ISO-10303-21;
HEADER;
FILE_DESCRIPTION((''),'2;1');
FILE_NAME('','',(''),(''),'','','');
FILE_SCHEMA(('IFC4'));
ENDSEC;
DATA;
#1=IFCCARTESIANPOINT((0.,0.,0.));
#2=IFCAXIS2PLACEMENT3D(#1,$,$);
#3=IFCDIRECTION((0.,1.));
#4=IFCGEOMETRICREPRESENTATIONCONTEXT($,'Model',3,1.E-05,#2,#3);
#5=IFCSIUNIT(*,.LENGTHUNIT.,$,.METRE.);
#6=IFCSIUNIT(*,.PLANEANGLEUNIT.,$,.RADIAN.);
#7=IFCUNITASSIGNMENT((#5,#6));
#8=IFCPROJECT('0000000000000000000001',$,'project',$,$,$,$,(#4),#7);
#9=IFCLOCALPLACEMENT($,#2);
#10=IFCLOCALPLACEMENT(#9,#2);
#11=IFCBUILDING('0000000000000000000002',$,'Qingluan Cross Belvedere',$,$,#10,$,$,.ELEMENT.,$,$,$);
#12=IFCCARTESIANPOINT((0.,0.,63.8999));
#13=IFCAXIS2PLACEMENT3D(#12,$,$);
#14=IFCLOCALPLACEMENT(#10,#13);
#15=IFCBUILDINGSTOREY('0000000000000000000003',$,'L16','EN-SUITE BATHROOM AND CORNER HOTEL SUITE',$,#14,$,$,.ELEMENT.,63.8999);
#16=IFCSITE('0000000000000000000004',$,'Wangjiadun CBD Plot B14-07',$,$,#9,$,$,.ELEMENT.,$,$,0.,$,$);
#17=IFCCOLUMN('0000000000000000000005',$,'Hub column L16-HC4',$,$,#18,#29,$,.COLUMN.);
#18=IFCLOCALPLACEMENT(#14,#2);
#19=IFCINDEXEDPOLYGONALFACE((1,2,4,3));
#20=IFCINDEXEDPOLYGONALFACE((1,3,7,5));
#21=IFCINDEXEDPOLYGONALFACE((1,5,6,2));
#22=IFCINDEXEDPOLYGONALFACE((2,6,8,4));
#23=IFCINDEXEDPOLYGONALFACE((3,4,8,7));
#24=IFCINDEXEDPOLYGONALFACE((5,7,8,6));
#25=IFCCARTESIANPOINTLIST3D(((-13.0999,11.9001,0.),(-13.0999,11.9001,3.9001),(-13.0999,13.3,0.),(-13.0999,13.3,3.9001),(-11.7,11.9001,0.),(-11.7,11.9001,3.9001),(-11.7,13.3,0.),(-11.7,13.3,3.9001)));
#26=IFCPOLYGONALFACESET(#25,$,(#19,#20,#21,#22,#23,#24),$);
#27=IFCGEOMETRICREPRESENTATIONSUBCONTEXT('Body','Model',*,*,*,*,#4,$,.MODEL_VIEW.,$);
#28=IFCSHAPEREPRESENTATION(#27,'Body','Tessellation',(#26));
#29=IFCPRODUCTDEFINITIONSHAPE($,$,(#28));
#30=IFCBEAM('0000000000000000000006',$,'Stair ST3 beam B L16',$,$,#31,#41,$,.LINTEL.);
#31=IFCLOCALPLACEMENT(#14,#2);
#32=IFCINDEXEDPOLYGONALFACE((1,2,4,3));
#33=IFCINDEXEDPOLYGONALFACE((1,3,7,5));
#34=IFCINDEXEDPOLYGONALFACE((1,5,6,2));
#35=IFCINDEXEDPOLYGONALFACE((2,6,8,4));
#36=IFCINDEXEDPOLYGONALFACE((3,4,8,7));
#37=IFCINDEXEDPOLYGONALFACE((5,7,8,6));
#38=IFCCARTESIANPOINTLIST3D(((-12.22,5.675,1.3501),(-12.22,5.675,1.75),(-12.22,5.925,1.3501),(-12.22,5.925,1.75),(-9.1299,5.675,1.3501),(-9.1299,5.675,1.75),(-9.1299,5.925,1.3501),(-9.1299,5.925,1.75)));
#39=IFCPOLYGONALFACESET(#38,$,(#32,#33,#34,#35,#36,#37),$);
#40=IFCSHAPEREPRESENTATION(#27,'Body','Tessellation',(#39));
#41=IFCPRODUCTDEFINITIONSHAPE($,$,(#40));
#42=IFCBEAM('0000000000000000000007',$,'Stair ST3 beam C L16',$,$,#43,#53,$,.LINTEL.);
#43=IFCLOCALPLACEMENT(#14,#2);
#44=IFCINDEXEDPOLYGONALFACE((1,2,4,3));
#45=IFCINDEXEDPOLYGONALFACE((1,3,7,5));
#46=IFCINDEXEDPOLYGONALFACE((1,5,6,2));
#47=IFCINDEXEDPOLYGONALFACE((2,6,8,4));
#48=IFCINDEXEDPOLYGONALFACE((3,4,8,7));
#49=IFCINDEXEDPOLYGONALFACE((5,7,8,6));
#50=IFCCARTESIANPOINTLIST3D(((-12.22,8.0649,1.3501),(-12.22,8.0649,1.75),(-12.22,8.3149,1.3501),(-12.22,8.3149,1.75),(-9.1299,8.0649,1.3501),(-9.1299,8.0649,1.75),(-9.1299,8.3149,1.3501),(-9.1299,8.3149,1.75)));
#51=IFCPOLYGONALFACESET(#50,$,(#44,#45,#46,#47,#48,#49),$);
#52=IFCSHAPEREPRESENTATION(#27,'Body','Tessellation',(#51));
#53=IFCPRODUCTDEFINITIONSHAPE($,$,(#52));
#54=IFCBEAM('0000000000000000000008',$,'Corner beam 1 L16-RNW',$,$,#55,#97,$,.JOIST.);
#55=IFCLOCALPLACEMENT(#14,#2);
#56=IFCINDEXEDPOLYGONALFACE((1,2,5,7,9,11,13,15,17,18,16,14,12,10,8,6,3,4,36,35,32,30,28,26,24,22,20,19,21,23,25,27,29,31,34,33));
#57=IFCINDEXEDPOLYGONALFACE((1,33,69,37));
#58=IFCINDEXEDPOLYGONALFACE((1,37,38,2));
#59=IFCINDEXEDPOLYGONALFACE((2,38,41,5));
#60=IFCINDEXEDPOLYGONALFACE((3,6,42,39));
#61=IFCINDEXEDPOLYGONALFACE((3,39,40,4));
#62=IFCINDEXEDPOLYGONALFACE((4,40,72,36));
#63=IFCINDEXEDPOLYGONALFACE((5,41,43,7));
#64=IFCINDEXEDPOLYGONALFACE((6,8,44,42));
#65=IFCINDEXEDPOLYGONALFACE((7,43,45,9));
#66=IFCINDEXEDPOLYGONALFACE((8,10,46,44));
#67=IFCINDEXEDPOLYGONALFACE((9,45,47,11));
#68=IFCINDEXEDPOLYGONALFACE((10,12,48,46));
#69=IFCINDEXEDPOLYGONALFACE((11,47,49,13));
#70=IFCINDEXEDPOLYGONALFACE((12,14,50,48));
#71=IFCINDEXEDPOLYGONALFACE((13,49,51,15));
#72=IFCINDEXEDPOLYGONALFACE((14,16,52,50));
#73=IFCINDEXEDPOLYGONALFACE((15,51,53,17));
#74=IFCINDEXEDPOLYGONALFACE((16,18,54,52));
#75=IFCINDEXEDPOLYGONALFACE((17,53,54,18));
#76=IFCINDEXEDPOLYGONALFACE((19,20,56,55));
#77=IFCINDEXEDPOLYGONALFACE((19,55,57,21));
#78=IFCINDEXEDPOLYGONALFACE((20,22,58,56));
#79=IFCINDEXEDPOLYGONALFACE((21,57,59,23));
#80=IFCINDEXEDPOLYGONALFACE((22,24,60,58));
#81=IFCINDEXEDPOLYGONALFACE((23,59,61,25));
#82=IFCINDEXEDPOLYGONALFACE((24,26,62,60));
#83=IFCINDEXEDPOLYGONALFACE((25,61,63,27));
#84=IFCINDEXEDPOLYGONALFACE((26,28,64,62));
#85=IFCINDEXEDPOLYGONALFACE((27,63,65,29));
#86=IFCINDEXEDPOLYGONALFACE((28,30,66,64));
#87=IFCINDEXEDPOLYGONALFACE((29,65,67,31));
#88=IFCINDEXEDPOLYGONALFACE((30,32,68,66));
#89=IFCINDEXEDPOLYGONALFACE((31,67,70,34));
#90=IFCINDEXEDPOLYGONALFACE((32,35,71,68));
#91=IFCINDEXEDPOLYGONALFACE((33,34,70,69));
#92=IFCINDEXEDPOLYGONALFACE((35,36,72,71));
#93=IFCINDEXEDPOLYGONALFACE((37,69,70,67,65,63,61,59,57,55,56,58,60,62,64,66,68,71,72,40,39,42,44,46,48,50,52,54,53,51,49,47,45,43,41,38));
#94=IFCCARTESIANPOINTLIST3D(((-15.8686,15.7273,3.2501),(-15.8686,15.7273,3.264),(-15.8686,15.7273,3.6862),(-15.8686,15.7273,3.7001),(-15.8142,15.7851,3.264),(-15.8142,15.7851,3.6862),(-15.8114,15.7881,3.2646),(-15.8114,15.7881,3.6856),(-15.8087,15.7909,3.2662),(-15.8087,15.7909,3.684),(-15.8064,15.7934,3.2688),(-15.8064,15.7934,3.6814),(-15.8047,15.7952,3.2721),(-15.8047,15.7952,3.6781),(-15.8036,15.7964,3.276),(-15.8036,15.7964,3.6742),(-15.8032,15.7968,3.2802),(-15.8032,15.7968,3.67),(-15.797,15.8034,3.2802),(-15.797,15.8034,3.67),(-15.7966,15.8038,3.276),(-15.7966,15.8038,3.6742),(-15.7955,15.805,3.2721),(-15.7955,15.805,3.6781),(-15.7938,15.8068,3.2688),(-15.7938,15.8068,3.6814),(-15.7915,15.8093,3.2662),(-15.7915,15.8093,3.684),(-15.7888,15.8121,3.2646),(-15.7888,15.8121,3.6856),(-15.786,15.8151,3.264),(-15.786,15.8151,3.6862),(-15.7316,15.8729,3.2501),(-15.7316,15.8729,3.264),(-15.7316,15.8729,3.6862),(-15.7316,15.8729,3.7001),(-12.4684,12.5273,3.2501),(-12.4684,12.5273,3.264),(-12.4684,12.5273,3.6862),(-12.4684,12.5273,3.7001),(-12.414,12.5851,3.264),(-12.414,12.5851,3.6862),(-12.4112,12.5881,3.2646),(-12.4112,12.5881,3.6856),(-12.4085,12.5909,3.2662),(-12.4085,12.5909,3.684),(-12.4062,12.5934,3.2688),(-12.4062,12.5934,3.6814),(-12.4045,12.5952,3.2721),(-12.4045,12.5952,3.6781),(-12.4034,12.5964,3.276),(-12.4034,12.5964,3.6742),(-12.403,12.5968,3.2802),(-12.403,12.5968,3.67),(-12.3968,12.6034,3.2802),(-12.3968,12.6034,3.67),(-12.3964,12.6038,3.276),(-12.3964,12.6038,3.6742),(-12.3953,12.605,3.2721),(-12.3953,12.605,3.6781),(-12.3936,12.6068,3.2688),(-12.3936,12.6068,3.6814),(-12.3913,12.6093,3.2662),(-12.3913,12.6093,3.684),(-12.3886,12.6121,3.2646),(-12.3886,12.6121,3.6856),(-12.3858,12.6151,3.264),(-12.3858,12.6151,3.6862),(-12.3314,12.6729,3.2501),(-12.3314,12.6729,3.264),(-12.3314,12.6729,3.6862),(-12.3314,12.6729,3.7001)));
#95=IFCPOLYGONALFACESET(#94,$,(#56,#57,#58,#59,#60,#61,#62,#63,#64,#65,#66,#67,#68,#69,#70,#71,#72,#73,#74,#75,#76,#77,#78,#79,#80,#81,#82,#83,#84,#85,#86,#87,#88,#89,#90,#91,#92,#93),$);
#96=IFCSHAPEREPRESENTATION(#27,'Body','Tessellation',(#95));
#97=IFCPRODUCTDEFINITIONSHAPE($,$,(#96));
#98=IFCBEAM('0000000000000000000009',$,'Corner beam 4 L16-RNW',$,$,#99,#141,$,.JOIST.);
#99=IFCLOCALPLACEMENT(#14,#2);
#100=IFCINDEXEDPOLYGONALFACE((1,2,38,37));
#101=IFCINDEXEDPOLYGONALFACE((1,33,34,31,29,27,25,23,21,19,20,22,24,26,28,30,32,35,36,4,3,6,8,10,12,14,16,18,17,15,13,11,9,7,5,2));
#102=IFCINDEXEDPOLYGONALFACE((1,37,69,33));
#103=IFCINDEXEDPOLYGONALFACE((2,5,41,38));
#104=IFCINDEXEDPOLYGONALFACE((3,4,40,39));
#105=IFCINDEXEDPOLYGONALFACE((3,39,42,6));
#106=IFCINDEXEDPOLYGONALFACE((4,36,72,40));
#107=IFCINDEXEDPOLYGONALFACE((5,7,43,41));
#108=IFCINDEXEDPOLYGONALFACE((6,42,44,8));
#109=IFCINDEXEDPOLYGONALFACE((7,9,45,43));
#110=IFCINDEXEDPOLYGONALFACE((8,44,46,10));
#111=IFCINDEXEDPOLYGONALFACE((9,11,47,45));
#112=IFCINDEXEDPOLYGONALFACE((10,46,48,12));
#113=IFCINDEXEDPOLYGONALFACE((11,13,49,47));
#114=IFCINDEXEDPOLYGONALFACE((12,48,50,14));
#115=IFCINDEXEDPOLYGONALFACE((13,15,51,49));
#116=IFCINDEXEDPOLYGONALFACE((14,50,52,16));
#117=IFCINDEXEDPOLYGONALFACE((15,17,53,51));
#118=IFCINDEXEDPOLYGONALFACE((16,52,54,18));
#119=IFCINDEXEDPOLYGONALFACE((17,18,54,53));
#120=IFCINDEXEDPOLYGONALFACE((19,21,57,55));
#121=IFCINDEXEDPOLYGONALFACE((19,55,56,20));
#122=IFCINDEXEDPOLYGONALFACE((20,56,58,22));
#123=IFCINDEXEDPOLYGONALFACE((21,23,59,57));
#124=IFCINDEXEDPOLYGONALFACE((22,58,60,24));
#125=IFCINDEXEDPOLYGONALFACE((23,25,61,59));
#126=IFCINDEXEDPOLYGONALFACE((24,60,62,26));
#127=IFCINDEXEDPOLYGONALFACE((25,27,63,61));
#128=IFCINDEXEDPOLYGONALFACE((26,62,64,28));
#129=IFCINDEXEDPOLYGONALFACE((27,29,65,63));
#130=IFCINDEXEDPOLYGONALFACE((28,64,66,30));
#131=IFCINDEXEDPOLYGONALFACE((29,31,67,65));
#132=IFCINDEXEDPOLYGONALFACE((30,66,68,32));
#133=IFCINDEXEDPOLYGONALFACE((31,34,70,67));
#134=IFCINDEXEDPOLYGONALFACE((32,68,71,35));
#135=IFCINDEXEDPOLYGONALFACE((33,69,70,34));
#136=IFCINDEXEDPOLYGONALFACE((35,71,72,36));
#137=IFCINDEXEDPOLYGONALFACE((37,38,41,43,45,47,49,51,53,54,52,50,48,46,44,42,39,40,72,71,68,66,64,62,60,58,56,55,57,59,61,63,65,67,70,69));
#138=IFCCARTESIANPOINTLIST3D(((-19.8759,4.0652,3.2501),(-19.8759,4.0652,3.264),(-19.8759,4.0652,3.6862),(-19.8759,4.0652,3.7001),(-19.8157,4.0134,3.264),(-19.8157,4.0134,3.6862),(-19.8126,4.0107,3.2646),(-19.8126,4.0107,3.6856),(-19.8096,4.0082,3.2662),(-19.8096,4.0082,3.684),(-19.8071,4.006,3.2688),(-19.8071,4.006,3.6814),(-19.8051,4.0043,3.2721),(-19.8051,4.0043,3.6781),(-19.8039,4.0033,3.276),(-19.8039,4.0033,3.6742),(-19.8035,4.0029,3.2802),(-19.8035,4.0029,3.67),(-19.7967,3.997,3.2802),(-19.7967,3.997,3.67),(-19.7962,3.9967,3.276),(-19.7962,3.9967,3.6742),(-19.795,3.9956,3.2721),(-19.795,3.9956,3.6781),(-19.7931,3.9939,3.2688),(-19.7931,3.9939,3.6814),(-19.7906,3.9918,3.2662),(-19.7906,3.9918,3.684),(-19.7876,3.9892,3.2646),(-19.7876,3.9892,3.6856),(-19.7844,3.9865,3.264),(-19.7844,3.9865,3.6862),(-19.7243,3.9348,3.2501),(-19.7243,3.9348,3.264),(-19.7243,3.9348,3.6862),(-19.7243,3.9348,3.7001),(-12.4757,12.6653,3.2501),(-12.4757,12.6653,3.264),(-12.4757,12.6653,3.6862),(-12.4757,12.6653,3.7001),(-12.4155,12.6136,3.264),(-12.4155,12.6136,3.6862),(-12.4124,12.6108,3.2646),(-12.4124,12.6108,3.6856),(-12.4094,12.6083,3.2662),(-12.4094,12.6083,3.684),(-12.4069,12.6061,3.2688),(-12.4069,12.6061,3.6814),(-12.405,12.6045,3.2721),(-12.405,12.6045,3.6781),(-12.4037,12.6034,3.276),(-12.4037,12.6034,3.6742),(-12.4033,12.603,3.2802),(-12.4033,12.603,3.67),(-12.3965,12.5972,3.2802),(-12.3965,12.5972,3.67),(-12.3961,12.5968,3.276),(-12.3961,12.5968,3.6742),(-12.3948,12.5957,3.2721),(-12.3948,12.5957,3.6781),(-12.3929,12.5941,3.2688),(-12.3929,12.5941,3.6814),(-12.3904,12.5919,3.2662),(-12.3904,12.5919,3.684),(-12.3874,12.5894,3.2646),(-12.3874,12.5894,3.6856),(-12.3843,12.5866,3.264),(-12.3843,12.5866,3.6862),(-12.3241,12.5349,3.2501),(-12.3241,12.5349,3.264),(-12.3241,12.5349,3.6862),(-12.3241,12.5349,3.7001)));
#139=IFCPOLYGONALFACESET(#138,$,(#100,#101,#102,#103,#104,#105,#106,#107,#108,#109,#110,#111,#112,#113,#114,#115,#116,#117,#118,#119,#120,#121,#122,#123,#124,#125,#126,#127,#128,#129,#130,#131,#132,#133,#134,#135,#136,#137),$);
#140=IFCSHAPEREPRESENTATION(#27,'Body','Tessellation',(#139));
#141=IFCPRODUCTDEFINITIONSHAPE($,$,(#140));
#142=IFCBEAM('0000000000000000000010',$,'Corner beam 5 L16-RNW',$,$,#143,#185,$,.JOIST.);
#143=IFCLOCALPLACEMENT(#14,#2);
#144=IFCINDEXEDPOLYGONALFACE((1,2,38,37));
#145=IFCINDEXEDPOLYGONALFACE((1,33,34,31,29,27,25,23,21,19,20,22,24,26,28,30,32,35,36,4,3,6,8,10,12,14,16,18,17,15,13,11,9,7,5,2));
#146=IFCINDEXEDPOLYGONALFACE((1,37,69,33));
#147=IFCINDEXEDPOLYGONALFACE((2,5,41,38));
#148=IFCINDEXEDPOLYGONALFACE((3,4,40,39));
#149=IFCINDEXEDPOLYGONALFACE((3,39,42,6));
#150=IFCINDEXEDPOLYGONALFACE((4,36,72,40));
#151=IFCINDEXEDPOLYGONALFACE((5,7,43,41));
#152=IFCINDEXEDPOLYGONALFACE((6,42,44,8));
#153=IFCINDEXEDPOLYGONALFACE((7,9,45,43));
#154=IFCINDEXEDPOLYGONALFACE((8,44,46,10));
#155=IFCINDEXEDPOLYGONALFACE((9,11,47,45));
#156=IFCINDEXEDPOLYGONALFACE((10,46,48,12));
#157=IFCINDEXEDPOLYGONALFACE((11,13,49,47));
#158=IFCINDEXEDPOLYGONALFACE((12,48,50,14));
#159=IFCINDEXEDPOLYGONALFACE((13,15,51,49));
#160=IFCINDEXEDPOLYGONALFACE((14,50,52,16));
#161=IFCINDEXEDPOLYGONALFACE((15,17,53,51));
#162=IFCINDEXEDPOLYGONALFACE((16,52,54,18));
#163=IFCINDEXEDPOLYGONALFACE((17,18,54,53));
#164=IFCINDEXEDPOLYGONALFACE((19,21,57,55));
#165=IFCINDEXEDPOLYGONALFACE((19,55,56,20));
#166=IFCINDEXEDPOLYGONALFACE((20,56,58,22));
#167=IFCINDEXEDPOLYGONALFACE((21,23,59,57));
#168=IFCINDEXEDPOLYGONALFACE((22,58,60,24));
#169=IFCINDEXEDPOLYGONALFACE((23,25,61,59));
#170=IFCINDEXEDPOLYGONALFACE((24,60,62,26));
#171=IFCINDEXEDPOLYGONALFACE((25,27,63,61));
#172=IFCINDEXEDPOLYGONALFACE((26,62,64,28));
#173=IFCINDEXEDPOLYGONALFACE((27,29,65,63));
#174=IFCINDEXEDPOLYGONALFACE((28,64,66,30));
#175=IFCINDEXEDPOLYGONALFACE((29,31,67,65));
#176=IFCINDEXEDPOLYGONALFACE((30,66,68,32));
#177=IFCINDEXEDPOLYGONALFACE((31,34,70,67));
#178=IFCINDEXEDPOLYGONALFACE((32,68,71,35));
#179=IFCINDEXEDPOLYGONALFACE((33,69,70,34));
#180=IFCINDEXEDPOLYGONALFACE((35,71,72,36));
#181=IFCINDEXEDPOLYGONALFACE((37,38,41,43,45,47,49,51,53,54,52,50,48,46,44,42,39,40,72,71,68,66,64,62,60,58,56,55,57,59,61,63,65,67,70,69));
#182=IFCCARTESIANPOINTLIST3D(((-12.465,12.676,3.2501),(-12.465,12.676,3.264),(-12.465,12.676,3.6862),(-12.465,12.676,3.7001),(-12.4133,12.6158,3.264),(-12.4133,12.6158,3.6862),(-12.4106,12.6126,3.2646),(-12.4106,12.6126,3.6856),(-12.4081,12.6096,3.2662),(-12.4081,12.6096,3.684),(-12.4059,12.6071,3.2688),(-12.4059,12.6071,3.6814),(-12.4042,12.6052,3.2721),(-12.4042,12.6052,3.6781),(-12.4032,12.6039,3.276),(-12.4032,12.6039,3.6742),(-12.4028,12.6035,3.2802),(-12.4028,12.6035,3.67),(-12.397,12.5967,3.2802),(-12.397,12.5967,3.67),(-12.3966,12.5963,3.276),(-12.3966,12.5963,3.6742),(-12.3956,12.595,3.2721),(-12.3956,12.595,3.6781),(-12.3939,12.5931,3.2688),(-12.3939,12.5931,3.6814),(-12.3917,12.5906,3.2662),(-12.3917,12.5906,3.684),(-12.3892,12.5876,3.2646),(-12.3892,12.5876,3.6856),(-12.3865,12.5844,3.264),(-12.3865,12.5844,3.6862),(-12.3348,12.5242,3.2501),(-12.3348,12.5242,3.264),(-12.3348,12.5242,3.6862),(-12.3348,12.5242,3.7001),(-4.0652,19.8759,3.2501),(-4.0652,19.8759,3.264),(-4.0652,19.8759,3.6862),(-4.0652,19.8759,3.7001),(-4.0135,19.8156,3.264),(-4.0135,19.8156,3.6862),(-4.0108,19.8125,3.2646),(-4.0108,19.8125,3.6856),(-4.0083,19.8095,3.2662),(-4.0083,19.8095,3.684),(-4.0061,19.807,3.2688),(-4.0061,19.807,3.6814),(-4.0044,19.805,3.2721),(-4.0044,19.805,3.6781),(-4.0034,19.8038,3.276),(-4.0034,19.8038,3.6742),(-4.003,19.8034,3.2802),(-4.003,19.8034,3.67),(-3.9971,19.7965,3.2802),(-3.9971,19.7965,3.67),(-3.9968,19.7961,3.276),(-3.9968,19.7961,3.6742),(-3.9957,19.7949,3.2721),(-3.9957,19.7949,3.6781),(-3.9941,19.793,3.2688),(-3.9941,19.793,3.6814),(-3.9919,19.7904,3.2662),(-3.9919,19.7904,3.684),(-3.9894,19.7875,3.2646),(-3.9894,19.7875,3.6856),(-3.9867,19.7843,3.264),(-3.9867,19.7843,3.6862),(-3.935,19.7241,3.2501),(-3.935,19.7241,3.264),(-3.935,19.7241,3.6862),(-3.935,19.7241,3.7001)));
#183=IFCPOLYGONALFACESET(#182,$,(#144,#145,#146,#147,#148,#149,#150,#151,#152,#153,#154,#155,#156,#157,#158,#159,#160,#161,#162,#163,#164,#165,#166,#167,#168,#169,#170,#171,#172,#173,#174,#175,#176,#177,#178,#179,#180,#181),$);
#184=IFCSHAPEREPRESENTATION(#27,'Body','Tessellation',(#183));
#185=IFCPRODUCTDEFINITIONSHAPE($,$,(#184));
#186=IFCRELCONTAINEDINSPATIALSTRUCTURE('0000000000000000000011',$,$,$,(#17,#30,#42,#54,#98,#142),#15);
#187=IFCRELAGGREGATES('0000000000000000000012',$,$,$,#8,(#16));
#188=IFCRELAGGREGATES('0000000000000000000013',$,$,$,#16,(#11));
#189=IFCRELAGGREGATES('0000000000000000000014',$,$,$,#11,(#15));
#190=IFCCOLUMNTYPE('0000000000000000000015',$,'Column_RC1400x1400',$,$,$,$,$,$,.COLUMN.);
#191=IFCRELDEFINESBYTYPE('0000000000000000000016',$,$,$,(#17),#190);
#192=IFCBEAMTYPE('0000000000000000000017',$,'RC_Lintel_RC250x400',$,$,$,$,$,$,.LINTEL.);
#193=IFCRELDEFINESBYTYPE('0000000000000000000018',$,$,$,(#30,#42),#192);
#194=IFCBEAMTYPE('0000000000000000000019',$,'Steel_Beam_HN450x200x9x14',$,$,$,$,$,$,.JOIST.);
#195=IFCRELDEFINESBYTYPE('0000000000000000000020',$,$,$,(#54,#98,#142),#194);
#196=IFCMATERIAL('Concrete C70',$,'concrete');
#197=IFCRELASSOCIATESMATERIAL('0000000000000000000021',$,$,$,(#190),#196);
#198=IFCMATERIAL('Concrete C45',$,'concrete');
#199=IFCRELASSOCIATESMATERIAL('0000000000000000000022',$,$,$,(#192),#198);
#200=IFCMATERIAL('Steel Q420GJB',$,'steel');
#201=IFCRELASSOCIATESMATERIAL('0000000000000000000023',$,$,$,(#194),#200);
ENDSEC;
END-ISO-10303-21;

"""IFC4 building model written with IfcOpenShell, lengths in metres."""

from ifc_helpers import new_model, si_unit, direction, frame, origin, origin_2d, place, context, subcontext, project, spatial, rectangle, i_section, extrude, material, material_profile, profile_set, type_object, element, save


model = new_model("IFC4")

# Units and contexts
model_context = context("Model", 3, precision=1e-05, world=origin(), true_north=direction((0.0, 1.0)))
body_context = subcontext(model_context, "Body", "Model", "MODEL_VIEW")
ifc_project = project(units=[si_unit("LENGTHUNIT", "METRE"), si_unit("PLANEANGLEUNIT", "RADIAN")], contexts=[model_context])

# Site, building, storey
site_placement = place(None, origin())
site = spatial("IfcSite", under=ifc_project, at=site_placement, Name="Wangjiadun CBD Plot B14-07", CompositionType="ELEMENT", RefElevation=0.0)
building_placement = place(site_placement, origin())
building = spatial("IfcBuilding", under=site, at=building_placement, Name="Qingluan Cross Belvedere", CompositionType="ELEMENT")
storey_placement = place(building_placement, frame((0.0, 0.0, 63.8999)))
storey = spatial("IfcBuildingStorey", under=building, at=storey_placement, Name="L16", Description="EN-SUITE BATHROOM AND CORNER HOTEL SUITE", CompositionType="ELEMENT", Elevation=63.8999)

# Column
ifc_material_1 = material(Name="Concrete C70", Category="concrete")
ifc_material_profile_1 = material_profile(ifc_material_1, rectangle(XDim=1.3999, YDim=1.3999, at=origin_2d()), Name="RC1400x1400")
ifc_profile_set_1 = profile_set([ifc_material_profile_1], Name="Concrete C70")
column_type = type_object("IfcColumnType", Name="Column_RC1400x1400", PredefinedType="COLUMN", material=ifc_profile_set_1)
column_placement = place(storey_placement, frame((-12.3999, 12.6001, 0.0), z_axis=(0.0, 0.0, 1.0), x_axis=(1.0, 0.0, 0.0)))
element("IfcColumn", 1, at=column_placement, inside=storey, type_object=column_type, Name="Hub column L16-HC4", PredefinedType="COLUMN", context=body_context, shape_type="SweptSolid", body=[
    extrude(rectangle(XDim=1.3999, YDim=1.3999, at=origin_2d()), origin(), (0.0, 0.0, 1.0), 3.9001),
])

# Beams
ifc_material_2 = material(Name="Concrete C45", Category="concrete")
ifc_material_profile_2 = material_profile(ifc_material_2, rectangle(XDim=0.25, YDim=0.3999, at=origin_2d()), Name="RC250x400")
ifc_profile_set_2 = profile_set([ifc_material_profile_2], Name="Concrete C45")
beam_type_1 = type_object("IfcBeamType", Name="RC_Lintel_RC250x400", PredefinedType="LINTEL", material=ifc_profile_set_2)
for number, where, z_axis, x_axis, name in (
    (2, (-12.22, 5.8, 1.55), (1.0, 0.0, 0.0), (0.0, 1.0, 0.0), "Stair ST3 beam B L16"),
    (3, (-12.22, 8.1899, 1.55), (1.0, 0.0, 0.0), (0.0, 1.0, 0.0), "Stair ST3 beam C L16"),
):
    element("IfcBeam", number, at=place(storey_placement, frame(where, z_axis=z_axis, x_axis=x_axis)), inside=storey, type_object=beam_type_1, Name=name, PredefinedType="LINTEL", context=body_context, shape_type="SweptSolid", body=[
        extrude(rectangle(XDim=0.25, YDim=0.3999, at=origin_2d()), origin(), (0.0, 0.0, 1.0), 3.0901),
    ])
ifc_material_3 = material(Name="Steel Q420GJB", Category="steel")
ifc_material_profile_3 = material_profile(ifc_material_3, i_section(OverallWidth=0.2, OverallDepth=0.45, WebThickness=0.009, FlangeThickness=0.0139, FilletRadius=0.0161, at=origin_2d()), Name="HN450x200x9x14")
ifc_profile_set_3 = profile_set([ifc_material_profile_3], Name="Steel Q420GJB")
beam_type_2 = type_object("IfcBeamType", Name="Steel_Beam_HN450x200x9x14", PredefinedType="JOIST", material=ifc_profile_set_3)
beam_1_placement = place(storey_placement, frame((-12.3999, 12.6001, 3.4751), z_axis=(-0.72822, 0.685343, 0.0), x_axis=(-0.685343, -0.72822, 0.0)))
element("IfcBeam", 4, at=beam_1_placement, inside=storey, type_object=beam_type_2, Name="Corner beam 1 L16-RNW", PredefinedType="JOIST", context=body_context, shape_type="SweptSolid", body=[
    extrude(i_section(OverallWidth=0.2, OverallDepth=0.45, WebThickness=0.009, FlangeThickness=0.0139, FilletRadius=0.0161, at=origin_2d()), origin(), (0.0, 0.0, 1.0), 4.6692),
])
beam_2_placement = place(storey_placement, frame((-12.3999, 12.6001, 3.4751), z_axis=(-0.652245, -0.758008, 0.0), x_axis=(0.758008, -0.652245, 0.0)))
element("IfcBeam", 5, at=beam_2_placement, inside=storey, type_object=beam_type_2, Name="Corner beam 4 L16-RNW", PredefinedType="JOIST", context=body_context, shape_type="SweptSolid", body=[
    extrude(i_section(OverallWidth=0.2, OverallDepth=0.45, WebThickness=0.009, FlangeThickness=0.0139, FilletRadius=0.0161, at=origin_2d()), origin(), (0.0, 0.0, 1.0), 11.3457),
])
beam_3_placement = place(storey_placement, frame((-12.3999, 12.6001, 3.4751), z_axis=(0.759255, 0.650793, 0.0), x_axis=(-0.650793, 0.759255, 0.0)))
element("IfcBeam", 6, at=beam_3_placement, inside=storey, type_object=beam_type_2, Name="Corner beam 5 L16-RNW", PredefinedType="JOIST", context=body_context, shape_type="SweptSolid", body=[
    extrude(i_section(OverallWidth=0.2, OverallDepth=0.45, WebThickness=0.009, FlangeThickness=0.0139, FilletRadius=0.0161, at=origin_2d()), origin(), (0.0, 0.0, 1.0), 11.0632),
])

save(model, "model.ifc")
